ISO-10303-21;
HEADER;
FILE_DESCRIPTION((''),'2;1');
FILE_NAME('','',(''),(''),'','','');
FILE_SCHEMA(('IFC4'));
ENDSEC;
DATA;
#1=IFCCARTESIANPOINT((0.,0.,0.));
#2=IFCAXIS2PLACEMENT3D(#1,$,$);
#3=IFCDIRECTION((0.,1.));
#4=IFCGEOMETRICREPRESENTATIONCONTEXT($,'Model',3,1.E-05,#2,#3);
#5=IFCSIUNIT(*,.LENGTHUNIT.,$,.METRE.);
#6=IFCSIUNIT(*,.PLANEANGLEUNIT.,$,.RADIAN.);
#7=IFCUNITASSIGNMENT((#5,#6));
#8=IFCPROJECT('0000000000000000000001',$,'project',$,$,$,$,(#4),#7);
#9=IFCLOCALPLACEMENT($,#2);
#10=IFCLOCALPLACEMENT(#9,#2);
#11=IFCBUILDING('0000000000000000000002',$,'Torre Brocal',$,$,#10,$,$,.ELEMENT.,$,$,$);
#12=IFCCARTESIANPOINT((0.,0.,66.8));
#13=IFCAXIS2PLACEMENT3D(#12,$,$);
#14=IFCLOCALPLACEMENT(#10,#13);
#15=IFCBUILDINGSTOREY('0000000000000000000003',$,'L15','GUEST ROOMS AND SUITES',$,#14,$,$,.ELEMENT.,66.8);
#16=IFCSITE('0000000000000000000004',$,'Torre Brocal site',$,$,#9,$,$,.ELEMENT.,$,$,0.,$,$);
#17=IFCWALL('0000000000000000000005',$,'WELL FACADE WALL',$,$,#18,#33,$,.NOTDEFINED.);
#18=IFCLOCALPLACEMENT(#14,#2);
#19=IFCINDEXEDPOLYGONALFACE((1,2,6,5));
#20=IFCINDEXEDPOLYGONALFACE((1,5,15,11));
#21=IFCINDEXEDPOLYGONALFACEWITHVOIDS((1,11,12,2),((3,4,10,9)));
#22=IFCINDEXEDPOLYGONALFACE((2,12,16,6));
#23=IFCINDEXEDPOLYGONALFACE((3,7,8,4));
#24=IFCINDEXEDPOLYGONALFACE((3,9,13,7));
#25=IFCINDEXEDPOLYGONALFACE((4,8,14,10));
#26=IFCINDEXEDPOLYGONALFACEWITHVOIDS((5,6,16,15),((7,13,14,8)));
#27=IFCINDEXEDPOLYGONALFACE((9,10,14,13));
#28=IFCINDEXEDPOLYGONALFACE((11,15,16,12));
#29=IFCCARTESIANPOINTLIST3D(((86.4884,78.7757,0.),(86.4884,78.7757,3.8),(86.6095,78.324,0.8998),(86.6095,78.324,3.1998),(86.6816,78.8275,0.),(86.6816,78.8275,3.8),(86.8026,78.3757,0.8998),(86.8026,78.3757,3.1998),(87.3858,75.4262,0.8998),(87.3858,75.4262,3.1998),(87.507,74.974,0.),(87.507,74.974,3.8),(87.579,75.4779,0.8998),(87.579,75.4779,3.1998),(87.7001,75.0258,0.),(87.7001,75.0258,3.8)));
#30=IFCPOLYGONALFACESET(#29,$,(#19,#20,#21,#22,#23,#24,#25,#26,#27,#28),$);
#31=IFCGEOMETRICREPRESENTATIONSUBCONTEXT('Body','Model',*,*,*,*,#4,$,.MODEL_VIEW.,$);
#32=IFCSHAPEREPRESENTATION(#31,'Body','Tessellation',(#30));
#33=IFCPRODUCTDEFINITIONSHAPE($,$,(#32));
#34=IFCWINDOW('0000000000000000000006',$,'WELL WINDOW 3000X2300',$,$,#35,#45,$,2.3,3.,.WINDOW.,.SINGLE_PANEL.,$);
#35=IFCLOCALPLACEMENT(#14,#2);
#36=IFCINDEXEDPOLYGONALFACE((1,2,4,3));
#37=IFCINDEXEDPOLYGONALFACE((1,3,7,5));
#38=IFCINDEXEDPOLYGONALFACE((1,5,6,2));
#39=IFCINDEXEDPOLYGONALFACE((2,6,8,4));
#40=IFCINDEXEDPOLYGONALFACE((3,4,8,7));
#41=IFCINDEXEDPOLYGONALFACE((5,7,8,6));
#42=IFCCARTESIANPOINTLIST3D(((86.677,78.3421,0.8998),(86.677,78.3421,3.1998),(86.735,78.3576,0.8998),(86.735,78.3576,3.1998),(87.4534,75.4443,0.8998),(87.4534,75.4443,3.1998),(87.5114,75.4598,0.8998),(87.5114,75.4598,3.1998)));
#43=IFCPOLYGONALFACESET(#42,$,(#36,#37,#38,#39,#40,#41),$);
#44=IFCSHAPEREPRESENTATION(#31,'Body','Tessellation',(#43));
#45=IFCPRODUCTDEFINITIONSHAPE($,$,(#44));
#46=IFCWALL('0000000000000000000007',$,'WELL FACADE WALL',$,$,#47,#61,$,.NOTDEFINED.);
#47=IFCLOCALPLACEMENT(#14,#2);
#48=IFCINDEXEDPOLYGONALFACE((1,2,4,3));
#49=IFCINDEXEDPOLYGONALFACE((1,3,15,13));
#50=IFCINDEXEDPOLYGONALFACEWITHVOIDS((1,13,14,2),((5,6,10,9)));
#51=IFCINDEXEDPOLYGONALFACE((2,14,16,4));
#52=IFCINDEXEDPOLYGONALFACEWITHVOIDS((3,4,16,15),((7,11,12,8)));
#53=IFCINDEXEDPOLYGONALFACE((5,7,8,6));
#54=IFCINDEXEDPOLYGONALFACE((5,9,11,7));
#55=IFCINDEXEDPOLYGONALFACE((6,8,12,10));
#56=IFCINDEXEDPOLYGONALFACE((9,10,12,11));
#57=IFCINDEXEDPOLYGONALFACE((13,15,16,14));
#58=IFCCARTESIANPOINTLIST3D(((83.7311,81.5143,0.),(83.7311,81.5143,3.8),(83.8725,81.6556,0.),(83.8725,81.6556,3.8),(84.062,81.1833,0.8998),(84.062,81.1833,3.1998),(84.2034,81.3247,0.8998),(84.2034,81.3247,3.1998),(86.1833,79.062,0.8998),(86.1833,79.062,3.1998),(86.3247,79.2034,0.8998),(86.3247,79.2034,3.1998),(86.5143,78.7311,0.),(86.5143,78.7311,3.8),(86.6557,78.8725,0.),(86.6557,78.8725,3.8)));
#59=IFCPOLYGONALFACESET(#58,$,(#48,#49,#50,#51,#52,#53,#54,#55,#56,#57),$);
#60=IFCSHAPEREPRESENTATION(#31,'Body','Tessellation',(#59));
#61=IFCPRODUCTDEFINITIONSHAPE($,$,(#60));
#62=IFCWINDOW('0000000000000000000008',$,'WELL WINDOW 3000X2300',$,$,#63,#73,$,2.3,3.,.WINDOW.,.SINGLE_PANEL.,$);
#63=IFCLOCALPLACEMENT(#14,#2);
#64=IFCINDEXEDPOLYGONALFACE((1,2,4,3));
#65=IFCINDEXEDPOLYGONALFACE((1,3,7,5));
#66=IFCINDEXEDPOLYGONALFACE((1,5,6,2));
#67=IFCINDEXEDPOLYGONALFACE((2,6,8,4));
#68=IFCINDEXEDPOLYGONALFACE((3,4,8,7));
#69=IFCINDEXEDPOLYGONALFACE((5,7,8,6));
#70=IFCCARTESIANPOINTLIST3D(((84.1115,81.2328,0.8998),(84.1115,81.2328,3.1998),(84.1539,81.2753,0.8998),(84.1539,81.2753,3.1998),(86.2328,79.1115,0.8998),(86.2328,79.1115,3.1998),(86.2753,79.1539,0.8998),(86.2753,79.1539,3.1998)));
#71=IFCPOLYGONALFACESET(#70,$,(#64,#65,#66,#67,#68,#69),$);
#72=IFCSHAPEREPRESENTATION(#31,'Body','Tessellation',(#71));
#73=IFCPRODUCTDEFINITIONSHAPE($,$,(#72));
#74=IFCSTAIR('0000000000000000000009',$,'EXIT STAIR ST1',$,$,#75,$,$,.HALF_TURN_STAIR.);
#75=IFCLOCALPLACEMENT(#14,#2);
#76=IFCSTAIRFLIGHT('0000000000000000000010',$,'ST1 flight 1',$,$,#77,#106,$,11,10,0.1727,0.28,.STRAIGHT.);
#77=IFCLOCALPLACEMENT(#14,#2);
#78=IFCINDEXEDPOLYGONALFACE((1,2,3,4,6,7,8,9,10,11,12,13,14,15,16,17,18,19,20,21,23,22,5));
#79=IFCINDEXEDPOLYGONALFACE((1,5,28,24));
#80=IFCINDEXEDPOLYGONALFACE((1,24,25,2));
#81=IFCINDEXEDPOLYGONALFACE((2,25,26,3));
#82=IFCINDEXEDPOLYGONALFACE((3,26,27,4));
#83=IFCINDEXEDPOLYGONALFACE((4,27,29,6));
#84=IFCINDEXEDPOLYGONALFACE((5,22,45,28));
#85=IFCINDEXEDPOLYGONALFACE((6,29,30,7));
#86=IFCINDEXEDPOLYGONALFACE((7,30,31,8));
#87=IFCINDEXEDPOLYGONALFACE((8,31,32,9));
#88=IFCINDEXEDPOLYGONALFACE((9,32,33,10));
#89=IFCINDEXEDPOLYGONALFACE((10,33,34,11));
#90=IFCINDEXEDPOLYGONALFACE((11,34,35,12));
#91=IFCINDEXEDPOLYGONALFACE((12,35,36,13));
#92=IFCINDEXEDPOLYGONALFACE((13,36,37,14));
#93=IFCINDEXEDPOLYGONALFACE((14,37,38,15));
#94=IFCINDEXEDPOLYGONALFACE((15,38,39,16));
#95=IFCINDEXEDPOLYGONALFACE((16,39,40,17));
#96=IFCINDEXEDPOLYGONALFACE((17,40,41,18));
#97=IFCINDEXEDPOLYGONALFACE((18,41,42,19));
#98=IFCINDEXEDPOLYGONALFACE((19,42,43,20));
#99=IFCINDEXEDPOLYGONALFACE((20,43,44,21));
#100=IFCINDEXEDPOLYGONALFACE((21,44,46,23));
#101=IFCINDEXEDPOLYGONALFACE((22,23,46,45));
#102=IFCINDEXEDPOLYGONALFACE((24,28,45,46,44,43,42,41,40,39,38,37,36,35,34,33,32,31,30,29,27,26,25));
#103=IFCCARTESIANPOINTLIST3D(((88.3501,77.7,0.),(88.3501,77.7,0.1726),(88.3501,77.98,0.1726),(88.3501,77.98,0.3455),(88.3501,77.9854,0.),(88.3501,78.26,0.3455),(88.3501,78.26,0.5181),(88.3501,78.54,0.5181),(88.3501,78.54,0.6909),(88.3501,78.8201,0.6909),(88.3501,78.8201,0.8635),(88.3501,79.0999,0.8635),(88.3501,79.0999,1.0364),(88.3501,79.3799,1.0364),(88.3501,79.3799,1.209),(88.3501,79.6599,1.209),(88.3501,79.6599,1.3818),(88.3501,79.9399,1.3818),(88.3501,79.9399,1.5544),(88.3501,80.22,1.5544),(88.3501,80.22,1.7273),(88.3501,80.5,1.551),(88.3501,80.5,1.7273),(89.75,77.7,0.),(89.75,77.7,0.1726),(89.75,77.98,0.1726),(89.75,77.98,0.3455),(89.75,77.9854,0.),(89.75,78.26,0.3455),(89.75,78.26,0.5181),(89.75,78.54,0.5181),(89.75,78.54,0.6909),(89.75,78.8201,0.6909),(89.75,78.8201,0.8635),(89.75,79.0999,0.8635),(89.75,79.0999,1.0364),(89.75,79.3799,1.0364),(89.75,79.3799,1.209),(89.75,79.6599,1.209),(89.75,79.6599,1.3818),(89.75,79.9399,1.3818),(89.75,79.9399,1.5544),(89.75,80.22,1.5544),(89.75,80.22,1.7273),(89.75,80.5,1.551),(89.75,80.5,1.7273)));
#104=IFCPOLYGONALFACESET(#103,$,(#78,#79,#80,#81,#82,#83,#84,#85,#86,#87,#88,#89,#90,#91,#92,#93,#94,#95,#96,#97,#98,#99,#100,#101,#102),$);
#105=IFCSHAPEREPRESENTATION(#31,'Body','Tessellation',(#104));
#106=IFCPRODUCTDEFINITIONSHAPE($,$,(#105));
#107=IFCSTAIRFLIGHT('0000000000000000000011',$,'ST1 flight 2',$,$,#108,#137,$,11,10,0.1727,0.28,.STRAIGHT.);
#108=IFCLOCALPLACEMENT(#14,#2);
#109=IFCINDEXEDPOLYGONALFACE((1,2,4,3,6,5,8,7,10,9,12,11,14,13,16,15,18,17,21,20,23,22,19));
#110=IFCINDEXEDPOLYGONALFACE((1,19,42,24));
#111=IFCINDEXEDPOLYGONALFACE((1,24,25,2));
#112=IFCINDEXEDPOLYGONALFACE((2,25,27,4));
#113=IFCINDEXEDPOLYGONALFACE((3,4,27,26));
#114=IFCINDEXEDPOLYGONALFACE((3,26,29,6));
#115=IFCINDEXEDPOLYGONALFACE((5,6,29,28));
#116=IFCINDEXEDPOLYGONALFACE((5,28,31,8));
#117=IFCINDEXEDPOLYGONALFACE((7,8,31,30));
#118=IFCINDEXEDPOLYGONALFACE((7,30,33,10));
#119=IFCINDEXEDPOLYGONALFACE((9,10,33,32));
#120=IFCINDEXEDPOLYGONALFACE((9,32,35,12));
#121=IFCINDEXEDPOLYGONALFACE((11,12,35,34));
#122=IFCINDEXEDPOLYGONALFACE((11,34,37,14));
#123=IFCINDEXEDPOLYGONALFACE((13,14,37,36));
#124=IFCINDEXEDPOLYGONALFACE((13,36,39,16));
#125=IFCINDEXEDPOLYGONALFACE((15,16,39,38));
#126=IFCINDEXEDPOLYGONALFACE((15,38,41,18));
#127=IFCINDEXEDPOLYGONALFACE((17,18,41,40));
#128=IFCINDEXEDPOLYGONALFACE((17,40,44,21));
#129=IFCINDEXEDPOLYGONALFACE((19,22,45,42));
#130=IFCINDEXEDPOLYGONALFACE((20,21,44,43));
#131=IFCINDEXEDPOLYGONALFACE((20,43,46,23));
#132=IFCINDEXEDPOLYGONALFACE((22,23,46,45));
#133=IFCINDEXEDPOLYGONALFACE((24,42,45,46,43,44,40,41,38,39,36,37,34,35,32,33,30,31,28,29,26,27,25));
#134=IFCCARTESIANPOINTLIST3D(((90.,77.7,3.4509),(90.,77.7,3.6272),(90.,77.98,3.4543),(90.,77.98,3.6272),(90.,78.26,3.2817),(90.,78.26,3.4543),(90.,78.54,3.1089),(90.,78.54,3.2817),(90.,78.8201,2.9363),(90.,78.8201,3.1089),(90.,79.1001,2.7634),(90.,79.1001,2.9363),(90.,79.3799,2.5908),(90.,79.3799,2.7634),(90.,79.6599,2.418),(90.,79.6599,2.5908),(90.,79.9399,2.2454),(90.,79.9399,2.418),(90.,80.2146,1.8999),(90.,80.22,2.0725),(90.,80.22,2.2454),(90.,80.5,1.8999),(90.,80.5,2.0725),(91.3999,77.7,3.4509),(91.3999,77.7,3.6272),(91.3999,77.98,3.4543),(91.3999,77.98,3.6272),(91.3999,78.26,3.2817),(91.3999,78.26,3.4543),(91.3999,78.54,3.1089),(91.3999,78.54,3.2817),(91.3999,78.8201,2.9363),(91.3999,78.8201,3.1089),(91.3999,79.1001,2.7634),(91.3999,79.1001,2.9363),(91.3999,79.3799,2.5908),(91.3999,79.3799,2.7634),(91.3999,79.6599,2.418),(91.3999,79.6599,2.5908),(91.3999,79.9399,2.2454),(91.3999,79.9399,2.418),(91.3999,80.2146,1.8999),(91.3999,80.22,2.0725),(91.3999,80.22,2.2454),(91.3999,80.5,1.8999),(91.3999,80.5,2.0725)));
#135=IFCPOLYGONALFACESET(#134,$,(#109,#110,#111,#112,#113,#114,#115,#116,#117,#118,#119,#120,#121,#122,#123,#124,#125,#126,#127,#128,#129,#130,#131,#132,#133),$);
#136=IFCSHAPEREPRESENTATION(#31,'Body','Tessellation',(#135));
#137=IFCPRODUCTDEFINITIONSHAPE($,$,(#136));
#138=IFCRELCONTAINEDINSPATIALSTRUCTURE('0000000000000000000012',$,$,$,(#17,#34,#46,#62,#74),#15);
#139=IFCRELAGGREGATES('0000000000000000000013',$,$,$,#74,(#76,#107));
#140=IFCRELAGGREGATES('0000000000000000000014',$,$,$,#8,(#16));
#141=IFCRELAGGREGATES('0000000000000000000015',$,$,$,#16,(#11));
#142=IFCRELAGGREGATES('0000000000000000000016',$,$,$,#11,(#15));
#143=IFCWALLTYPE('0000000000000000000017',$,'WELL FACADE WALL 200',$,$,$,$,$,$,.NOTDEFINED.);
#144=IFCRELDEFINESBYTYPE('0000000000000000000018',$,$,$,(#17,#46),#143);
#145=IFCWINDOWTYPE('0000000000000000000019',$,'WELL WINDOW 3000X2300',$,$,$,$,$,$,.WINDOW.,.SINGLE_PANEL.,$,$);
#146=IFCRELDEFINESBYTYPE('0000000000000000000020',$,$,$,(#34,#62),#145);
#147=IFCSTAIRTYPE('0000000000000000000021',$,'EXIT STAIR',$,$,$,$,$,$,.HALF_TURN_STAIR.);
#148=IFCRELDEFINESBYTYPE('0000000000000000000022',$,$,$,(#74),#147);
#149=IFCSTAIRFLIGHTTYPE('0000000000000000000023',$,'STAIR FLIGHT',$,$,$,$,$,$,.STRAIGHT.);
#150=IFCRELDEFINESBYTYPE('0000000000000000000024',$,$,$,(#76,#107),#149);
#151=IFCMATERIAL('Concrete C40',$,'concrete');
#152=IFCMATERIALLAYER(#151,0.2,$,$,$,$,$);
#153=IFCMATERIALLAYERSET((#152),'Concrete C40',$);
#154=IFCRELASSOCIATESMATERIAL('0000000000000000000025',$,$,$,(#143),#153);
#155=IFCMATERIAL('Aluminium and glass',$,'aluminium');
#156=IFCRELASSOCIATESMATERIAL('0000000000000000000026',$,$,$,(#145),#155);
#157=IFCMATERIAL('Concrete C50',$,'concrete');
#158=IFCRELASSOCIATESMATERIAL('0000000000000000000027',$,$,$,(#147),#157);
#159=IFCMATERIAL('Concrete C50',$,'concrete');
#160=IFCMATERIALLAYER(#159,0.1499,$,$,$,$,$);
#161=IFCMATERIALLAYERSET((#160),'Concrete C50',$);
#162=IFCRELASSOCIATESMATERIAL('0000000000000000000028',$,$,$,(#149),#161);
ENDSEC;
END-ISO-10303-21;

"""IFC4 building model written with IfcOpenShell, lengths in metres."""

from ifc_helpers import new_model, si_unit, direction, frame, frame_2d, origin, place, context, subcontext, project, spatial, polyline, rectangle, outline, extrude, material, layer, layer_set, type_object, element, fill, aggregate, save


model = new_model("IFC4")

# Units and contexts
model_context = context("Model", 3, precision=1e-05, world=origin(), true_north=direction((0.0, 1.0)))
body_context = subcontext(model_context, "Body", "Model", "MODEL_VIEW")
ifc_project = project(units=[si_unit("LENGTHUNIT", "METRE"), si_unit("PLANEANGLEUNIT", "RADIAN")], contexts=[model_context])

# Site, building, storey
site_placement = place(None, origin())
site = spatial("IfcSite", under=ifc_project, at=site_placement, Name="Torre Brocal site", CompositionType="ELEMENT", RefElevation=0.0)
building_placement = place(site_placement, origin())
building = spatial("IfcBuilding", under=site, at=building_placement, Name="Torre Brocal", CompositionType="ELEMENT")
storey_placement = place(building_placement, frame((0.0, 0.0, 66.8)))
storey = spatial("IfcBuildingStorey", under=building, at=storey_placement, Name="L15", Description="GUEST ROOMS AND SUITES", CompositionType="ELEMENT", Elevation=66.8)

# Walls, openings, windows
ifc_material_1 = material(Name="Concrete C40", Category="concrete")
ifc_layer_1 = layer(ifc_material_1, 0.2)
ifc_layer_set_1 = layer_set([ifc_layer_1], Name="Concrete C40")
wall_type_1 = type_object("IfcWallType", Name="WELL FACADE WALL 200", PredefinedType="NOTDEFINED", material=ifc_layer_set_1)
wall_1_placement = place(storey_placement, frame((87.6035, 75.0, 0.0), z_axis=(0.0, 0.0, 1.0), x_axis=(-0.25879, 0.965934, 0.0)))
wall_1 = element("IfcWall", 1, at=wall_1_placement, inside=storey, type_object=wall_type_1, Name="WELL FACADE WALL", PredefinedType="NOTDEFINED", context=body_context, shape_type="SweptSolid", body=[
    extrude(rectangle(XDim=3.9358, YDim=0.2, at=frame_2d((1.9678, 0.0))), origin(), (0.0, 0.0, 1.0), 3.8),
])
opening_1_placement = place(wall_1_placement, frame((0.468, 0.0, 0.8999)))
opening_1 = element("IfcOpeningElement", 2, at=opening_1_placement, cuts=wall_1, PredefinedType="OPENING", context=body_context, shape_type="SweptSolid", body=[
    extrude(rectangle(XDim=3.0, YDim=2.3, at=frame_2d((1.5, 1.1499))), frame((0.0, 0.1099, 0.0), z_axis=(0.0, -1.0, 0.0), x_axis=(1.0, 0.0, 0.0)), (0.0, 0.0, 1.0), 0.22),
])
ifc_material_2 = material(Name="Aluminium and glass", Category="aluminium")
window_type = type_object("IfcWindowType", Name="WELL WINDOW 3000X2300", PartitioningType="SINGLE_PANEL", PredefinedType="WINDOW", material=ifc_material_2)
window_1_placement = place(opening_1_placement, origin())
window_1 = element("IfcWindow", 3, at=window_1_placement, inside=storey, type_object=window_type, Name="WELL WINDOW 3000X2300", OverallHeight=2.3, OverallWidth=3.0, PartitioningType="SINGLE_PANEL", PredefinedType="WINDOW", context=body_context, shape_type="SweptSolid", body=[
    extrude(rectangle(XDim=3.0, YDim=2.3, at=frame_2d((1.5, 1.1499))), frame((0.0, 0.03, 0.0), z_axis=(0.0, -1.0, 0.0), x_axis=(1.0, 0.0, 0.0)), (0.0, 0.0, 1.0), 0.0601),
])
fill(opening_1, window_1)
wall_2_placement = place(storey_placement, frame((86.585, 78.8018, 0.0), z_axis=(0.0, 0.0, 1.0), x_axis=(-0.707107, 0.707107, 0.0)))
wall_2 = element("IfcWall", 4, at=wall_2_placement, inside=storey, type_object=wall_type_1, Name="WELL FACADE WALL", PredefinedType="NOTDEFINED", context=body_context, shape_type="SweptSolid", body=[
    extrude(rectangle(XDim=3.936, YDim=0.2, at=frame_2d((1.968, 0.0))), origin(), (0.0, 0.0, 1.0), 3.8),
])
opening_2_placement = place(wall_2_placement, frame((0.468, 0.0, 0.8999)))
opening_2 = element("IfcOpeningElement", 5, at=opening_2_placement, cuts=wall_2, PredefinedType="OPENING", context=body_context, shape_type="SweptSolid", body=[
    extrude(rectangle(XDim=3.0, YDim=2.3, at=frame_2d((1.5, 1.1499))), frame((0.0, 0.1099, 0.0), z_axis=(0.0, -1.0, 0.0), x_axis=(1.0, 0.0, 0.0)), (0.0, 0.0, 1.0), 0.22),
])
window_2_placement = place(opening_2_placement, origin())
window_2 = element("IfcWindow", 6, at=window_2_placement, inside=storey, type_object=window_type, Name="WELL WINDOW 3000X2300", OverallHeight=2.3, OverallWidth=3.0, PartitioningType="SINGLE_PANEL", PredefinedType="WINDOW", context=body_context, shape_type="SweptSolid", body=[
    extrude(rectangle(XDim=3.0, YDim=2.3, at=frame_2d((1.5, 1.1499))), frame((0.0, 0.03, 0.0), z_axis=(0.0, -1.0, 0.0), x_axis=(1.0, 0.0, 0.0)), (0.0, 0.0, 1.0), 0.0601),
])
fill(opening_2, window_2)

# Stair, stair flights
ifc_material_3 = material(Name="Concrete C50", Category="concrete")
stair_type = type_object("IfcStairType", Name="EXIT STAIR", PredefinedType="HALF_TURN_STAIR", material=ifc_material_3)
stair_placement = place(storey_placement, origin())
stair = element("IfcStair", 7, at=stair_placement, inside=storey, type_object=stair_type, Name="EXIT STAIR ST1", PredefinedType="HALF_TURN_STAIR")
ifc_material_4 = material(Name="Concrete C50", Category="concrete")
ifc_layer_2 = layer(ifc_material_4, 0.1499)
ifc_layer_set_2 = layer_set([ifc_layer_2], Name="Concrete C50")
stair_flight_type = type_object("IfcStairFlightType", Name="STAIR FLIGHT", PredefinedType="STRAIGHT", material=ifc_layer_set_2)
stair_flight_1_placement = place(storey_placement, frame((89.05, 77.7, 0.0), z_axis=(0.0, 0.0, 1.0), x_axis=(0.0, 1.0, 0.0)))
stair_flight_1 = element("IfcStairFlight", 8, at=stair_flight_1_placement, type_object=stair_flight_type, Name="ST1 flight 1", NumberOfRisers=11, NumberOfTreads=10, PredefinedType="STRAIGHT", RiserHeight=0.1727, TreadLength=0.28, context=body_context, shape_type="SweptSolid", body=[
    extrude(outline(polyline([(0.0, 0.0), (0.0, 0.1726), (0.28, 0.1726), (0.28, 0.3455), (0.5601, 0.3455), (0.5601, 0.5181), (0.8401, 0.5181), (0.8401, 0.6909), (1.1201, 0.6909), (1.1201, 0.8635), (1.3999, 0.8635), (1.3999, 1.0364), (1.6799, 1.0364), (1.6799, 1.209), (1.96, 1.209), (1.96, 1.3818), (2.24, 1.3818), (2.24, 1.5544), (2.52, 1.5544), (2.52, 1.7273), (2.8, 1.7273), (2.8, 1.8999), (2.8, 1.551), (0.2854, 0.0), (0.0, 0.0)])), frame((0.0, 0.7, 0.0), z_axis=(0.0, -1.0, 0.0), x_axis=(1.0, 0.0, 0.0)), (0.0, 0.0, 1.0), 1.3999),
])
stair_flight_2_placement = place(storey_placement, frame((90.7, 80.5, 1.8999), z_axis=(0.0, 0.0, 1.0), x_axis=(0.0, -1.0, 0.0)))
stair_flight_2 = element("IfcStairFlight", 9, at=stair_flight_2_placement, type_object=stair_flight_type, Name="ST1 flight 2", NumberOfRisers=11, NumberOfTreads=10, PredefinedType="STRAIGHT", RiserHeight=0.1727, TreadLength=0.28, context=body_context, shape_type="SweptSolid", body=[
    extrude(outline(polyline([(0.0, 0.0), (0.0, 0.1726), (0.28, 0.1726), (0.28, 0.3455), (0.5601, 0.3455), (0.5601, 0.5181), (0.8401, 0.5181), (0.8401, 0.6909), (1.1201, 0.6909), (1.1201, 0.8635), (1.3999, 0.8635), (1.3999, 1.0364), (1.6799, 1.0364), (1.6799, 1.209), (1.96, 1.209), (1.96, 1.3818), (2.24, 1.3818), (2.24, 1.5544), (2.52, 1.5544), (2.52, 1.7273), (2.8, 1.7273), (2.8, 1.8999), (2.8, 1.551), (0.2854, 0.0), (0.0, 0.0)])), frame((0.0, 0.7, 0.0), z_axis=(0.0, -1.0, 0.0), x_axis=(1.0, 0.0, 0.0)), (0.0, 0.0, 1.0), 1.3999),
])
aggregate(stair, [stair_flight_1, stair_flight_2])

save(model, "model.ifc")
